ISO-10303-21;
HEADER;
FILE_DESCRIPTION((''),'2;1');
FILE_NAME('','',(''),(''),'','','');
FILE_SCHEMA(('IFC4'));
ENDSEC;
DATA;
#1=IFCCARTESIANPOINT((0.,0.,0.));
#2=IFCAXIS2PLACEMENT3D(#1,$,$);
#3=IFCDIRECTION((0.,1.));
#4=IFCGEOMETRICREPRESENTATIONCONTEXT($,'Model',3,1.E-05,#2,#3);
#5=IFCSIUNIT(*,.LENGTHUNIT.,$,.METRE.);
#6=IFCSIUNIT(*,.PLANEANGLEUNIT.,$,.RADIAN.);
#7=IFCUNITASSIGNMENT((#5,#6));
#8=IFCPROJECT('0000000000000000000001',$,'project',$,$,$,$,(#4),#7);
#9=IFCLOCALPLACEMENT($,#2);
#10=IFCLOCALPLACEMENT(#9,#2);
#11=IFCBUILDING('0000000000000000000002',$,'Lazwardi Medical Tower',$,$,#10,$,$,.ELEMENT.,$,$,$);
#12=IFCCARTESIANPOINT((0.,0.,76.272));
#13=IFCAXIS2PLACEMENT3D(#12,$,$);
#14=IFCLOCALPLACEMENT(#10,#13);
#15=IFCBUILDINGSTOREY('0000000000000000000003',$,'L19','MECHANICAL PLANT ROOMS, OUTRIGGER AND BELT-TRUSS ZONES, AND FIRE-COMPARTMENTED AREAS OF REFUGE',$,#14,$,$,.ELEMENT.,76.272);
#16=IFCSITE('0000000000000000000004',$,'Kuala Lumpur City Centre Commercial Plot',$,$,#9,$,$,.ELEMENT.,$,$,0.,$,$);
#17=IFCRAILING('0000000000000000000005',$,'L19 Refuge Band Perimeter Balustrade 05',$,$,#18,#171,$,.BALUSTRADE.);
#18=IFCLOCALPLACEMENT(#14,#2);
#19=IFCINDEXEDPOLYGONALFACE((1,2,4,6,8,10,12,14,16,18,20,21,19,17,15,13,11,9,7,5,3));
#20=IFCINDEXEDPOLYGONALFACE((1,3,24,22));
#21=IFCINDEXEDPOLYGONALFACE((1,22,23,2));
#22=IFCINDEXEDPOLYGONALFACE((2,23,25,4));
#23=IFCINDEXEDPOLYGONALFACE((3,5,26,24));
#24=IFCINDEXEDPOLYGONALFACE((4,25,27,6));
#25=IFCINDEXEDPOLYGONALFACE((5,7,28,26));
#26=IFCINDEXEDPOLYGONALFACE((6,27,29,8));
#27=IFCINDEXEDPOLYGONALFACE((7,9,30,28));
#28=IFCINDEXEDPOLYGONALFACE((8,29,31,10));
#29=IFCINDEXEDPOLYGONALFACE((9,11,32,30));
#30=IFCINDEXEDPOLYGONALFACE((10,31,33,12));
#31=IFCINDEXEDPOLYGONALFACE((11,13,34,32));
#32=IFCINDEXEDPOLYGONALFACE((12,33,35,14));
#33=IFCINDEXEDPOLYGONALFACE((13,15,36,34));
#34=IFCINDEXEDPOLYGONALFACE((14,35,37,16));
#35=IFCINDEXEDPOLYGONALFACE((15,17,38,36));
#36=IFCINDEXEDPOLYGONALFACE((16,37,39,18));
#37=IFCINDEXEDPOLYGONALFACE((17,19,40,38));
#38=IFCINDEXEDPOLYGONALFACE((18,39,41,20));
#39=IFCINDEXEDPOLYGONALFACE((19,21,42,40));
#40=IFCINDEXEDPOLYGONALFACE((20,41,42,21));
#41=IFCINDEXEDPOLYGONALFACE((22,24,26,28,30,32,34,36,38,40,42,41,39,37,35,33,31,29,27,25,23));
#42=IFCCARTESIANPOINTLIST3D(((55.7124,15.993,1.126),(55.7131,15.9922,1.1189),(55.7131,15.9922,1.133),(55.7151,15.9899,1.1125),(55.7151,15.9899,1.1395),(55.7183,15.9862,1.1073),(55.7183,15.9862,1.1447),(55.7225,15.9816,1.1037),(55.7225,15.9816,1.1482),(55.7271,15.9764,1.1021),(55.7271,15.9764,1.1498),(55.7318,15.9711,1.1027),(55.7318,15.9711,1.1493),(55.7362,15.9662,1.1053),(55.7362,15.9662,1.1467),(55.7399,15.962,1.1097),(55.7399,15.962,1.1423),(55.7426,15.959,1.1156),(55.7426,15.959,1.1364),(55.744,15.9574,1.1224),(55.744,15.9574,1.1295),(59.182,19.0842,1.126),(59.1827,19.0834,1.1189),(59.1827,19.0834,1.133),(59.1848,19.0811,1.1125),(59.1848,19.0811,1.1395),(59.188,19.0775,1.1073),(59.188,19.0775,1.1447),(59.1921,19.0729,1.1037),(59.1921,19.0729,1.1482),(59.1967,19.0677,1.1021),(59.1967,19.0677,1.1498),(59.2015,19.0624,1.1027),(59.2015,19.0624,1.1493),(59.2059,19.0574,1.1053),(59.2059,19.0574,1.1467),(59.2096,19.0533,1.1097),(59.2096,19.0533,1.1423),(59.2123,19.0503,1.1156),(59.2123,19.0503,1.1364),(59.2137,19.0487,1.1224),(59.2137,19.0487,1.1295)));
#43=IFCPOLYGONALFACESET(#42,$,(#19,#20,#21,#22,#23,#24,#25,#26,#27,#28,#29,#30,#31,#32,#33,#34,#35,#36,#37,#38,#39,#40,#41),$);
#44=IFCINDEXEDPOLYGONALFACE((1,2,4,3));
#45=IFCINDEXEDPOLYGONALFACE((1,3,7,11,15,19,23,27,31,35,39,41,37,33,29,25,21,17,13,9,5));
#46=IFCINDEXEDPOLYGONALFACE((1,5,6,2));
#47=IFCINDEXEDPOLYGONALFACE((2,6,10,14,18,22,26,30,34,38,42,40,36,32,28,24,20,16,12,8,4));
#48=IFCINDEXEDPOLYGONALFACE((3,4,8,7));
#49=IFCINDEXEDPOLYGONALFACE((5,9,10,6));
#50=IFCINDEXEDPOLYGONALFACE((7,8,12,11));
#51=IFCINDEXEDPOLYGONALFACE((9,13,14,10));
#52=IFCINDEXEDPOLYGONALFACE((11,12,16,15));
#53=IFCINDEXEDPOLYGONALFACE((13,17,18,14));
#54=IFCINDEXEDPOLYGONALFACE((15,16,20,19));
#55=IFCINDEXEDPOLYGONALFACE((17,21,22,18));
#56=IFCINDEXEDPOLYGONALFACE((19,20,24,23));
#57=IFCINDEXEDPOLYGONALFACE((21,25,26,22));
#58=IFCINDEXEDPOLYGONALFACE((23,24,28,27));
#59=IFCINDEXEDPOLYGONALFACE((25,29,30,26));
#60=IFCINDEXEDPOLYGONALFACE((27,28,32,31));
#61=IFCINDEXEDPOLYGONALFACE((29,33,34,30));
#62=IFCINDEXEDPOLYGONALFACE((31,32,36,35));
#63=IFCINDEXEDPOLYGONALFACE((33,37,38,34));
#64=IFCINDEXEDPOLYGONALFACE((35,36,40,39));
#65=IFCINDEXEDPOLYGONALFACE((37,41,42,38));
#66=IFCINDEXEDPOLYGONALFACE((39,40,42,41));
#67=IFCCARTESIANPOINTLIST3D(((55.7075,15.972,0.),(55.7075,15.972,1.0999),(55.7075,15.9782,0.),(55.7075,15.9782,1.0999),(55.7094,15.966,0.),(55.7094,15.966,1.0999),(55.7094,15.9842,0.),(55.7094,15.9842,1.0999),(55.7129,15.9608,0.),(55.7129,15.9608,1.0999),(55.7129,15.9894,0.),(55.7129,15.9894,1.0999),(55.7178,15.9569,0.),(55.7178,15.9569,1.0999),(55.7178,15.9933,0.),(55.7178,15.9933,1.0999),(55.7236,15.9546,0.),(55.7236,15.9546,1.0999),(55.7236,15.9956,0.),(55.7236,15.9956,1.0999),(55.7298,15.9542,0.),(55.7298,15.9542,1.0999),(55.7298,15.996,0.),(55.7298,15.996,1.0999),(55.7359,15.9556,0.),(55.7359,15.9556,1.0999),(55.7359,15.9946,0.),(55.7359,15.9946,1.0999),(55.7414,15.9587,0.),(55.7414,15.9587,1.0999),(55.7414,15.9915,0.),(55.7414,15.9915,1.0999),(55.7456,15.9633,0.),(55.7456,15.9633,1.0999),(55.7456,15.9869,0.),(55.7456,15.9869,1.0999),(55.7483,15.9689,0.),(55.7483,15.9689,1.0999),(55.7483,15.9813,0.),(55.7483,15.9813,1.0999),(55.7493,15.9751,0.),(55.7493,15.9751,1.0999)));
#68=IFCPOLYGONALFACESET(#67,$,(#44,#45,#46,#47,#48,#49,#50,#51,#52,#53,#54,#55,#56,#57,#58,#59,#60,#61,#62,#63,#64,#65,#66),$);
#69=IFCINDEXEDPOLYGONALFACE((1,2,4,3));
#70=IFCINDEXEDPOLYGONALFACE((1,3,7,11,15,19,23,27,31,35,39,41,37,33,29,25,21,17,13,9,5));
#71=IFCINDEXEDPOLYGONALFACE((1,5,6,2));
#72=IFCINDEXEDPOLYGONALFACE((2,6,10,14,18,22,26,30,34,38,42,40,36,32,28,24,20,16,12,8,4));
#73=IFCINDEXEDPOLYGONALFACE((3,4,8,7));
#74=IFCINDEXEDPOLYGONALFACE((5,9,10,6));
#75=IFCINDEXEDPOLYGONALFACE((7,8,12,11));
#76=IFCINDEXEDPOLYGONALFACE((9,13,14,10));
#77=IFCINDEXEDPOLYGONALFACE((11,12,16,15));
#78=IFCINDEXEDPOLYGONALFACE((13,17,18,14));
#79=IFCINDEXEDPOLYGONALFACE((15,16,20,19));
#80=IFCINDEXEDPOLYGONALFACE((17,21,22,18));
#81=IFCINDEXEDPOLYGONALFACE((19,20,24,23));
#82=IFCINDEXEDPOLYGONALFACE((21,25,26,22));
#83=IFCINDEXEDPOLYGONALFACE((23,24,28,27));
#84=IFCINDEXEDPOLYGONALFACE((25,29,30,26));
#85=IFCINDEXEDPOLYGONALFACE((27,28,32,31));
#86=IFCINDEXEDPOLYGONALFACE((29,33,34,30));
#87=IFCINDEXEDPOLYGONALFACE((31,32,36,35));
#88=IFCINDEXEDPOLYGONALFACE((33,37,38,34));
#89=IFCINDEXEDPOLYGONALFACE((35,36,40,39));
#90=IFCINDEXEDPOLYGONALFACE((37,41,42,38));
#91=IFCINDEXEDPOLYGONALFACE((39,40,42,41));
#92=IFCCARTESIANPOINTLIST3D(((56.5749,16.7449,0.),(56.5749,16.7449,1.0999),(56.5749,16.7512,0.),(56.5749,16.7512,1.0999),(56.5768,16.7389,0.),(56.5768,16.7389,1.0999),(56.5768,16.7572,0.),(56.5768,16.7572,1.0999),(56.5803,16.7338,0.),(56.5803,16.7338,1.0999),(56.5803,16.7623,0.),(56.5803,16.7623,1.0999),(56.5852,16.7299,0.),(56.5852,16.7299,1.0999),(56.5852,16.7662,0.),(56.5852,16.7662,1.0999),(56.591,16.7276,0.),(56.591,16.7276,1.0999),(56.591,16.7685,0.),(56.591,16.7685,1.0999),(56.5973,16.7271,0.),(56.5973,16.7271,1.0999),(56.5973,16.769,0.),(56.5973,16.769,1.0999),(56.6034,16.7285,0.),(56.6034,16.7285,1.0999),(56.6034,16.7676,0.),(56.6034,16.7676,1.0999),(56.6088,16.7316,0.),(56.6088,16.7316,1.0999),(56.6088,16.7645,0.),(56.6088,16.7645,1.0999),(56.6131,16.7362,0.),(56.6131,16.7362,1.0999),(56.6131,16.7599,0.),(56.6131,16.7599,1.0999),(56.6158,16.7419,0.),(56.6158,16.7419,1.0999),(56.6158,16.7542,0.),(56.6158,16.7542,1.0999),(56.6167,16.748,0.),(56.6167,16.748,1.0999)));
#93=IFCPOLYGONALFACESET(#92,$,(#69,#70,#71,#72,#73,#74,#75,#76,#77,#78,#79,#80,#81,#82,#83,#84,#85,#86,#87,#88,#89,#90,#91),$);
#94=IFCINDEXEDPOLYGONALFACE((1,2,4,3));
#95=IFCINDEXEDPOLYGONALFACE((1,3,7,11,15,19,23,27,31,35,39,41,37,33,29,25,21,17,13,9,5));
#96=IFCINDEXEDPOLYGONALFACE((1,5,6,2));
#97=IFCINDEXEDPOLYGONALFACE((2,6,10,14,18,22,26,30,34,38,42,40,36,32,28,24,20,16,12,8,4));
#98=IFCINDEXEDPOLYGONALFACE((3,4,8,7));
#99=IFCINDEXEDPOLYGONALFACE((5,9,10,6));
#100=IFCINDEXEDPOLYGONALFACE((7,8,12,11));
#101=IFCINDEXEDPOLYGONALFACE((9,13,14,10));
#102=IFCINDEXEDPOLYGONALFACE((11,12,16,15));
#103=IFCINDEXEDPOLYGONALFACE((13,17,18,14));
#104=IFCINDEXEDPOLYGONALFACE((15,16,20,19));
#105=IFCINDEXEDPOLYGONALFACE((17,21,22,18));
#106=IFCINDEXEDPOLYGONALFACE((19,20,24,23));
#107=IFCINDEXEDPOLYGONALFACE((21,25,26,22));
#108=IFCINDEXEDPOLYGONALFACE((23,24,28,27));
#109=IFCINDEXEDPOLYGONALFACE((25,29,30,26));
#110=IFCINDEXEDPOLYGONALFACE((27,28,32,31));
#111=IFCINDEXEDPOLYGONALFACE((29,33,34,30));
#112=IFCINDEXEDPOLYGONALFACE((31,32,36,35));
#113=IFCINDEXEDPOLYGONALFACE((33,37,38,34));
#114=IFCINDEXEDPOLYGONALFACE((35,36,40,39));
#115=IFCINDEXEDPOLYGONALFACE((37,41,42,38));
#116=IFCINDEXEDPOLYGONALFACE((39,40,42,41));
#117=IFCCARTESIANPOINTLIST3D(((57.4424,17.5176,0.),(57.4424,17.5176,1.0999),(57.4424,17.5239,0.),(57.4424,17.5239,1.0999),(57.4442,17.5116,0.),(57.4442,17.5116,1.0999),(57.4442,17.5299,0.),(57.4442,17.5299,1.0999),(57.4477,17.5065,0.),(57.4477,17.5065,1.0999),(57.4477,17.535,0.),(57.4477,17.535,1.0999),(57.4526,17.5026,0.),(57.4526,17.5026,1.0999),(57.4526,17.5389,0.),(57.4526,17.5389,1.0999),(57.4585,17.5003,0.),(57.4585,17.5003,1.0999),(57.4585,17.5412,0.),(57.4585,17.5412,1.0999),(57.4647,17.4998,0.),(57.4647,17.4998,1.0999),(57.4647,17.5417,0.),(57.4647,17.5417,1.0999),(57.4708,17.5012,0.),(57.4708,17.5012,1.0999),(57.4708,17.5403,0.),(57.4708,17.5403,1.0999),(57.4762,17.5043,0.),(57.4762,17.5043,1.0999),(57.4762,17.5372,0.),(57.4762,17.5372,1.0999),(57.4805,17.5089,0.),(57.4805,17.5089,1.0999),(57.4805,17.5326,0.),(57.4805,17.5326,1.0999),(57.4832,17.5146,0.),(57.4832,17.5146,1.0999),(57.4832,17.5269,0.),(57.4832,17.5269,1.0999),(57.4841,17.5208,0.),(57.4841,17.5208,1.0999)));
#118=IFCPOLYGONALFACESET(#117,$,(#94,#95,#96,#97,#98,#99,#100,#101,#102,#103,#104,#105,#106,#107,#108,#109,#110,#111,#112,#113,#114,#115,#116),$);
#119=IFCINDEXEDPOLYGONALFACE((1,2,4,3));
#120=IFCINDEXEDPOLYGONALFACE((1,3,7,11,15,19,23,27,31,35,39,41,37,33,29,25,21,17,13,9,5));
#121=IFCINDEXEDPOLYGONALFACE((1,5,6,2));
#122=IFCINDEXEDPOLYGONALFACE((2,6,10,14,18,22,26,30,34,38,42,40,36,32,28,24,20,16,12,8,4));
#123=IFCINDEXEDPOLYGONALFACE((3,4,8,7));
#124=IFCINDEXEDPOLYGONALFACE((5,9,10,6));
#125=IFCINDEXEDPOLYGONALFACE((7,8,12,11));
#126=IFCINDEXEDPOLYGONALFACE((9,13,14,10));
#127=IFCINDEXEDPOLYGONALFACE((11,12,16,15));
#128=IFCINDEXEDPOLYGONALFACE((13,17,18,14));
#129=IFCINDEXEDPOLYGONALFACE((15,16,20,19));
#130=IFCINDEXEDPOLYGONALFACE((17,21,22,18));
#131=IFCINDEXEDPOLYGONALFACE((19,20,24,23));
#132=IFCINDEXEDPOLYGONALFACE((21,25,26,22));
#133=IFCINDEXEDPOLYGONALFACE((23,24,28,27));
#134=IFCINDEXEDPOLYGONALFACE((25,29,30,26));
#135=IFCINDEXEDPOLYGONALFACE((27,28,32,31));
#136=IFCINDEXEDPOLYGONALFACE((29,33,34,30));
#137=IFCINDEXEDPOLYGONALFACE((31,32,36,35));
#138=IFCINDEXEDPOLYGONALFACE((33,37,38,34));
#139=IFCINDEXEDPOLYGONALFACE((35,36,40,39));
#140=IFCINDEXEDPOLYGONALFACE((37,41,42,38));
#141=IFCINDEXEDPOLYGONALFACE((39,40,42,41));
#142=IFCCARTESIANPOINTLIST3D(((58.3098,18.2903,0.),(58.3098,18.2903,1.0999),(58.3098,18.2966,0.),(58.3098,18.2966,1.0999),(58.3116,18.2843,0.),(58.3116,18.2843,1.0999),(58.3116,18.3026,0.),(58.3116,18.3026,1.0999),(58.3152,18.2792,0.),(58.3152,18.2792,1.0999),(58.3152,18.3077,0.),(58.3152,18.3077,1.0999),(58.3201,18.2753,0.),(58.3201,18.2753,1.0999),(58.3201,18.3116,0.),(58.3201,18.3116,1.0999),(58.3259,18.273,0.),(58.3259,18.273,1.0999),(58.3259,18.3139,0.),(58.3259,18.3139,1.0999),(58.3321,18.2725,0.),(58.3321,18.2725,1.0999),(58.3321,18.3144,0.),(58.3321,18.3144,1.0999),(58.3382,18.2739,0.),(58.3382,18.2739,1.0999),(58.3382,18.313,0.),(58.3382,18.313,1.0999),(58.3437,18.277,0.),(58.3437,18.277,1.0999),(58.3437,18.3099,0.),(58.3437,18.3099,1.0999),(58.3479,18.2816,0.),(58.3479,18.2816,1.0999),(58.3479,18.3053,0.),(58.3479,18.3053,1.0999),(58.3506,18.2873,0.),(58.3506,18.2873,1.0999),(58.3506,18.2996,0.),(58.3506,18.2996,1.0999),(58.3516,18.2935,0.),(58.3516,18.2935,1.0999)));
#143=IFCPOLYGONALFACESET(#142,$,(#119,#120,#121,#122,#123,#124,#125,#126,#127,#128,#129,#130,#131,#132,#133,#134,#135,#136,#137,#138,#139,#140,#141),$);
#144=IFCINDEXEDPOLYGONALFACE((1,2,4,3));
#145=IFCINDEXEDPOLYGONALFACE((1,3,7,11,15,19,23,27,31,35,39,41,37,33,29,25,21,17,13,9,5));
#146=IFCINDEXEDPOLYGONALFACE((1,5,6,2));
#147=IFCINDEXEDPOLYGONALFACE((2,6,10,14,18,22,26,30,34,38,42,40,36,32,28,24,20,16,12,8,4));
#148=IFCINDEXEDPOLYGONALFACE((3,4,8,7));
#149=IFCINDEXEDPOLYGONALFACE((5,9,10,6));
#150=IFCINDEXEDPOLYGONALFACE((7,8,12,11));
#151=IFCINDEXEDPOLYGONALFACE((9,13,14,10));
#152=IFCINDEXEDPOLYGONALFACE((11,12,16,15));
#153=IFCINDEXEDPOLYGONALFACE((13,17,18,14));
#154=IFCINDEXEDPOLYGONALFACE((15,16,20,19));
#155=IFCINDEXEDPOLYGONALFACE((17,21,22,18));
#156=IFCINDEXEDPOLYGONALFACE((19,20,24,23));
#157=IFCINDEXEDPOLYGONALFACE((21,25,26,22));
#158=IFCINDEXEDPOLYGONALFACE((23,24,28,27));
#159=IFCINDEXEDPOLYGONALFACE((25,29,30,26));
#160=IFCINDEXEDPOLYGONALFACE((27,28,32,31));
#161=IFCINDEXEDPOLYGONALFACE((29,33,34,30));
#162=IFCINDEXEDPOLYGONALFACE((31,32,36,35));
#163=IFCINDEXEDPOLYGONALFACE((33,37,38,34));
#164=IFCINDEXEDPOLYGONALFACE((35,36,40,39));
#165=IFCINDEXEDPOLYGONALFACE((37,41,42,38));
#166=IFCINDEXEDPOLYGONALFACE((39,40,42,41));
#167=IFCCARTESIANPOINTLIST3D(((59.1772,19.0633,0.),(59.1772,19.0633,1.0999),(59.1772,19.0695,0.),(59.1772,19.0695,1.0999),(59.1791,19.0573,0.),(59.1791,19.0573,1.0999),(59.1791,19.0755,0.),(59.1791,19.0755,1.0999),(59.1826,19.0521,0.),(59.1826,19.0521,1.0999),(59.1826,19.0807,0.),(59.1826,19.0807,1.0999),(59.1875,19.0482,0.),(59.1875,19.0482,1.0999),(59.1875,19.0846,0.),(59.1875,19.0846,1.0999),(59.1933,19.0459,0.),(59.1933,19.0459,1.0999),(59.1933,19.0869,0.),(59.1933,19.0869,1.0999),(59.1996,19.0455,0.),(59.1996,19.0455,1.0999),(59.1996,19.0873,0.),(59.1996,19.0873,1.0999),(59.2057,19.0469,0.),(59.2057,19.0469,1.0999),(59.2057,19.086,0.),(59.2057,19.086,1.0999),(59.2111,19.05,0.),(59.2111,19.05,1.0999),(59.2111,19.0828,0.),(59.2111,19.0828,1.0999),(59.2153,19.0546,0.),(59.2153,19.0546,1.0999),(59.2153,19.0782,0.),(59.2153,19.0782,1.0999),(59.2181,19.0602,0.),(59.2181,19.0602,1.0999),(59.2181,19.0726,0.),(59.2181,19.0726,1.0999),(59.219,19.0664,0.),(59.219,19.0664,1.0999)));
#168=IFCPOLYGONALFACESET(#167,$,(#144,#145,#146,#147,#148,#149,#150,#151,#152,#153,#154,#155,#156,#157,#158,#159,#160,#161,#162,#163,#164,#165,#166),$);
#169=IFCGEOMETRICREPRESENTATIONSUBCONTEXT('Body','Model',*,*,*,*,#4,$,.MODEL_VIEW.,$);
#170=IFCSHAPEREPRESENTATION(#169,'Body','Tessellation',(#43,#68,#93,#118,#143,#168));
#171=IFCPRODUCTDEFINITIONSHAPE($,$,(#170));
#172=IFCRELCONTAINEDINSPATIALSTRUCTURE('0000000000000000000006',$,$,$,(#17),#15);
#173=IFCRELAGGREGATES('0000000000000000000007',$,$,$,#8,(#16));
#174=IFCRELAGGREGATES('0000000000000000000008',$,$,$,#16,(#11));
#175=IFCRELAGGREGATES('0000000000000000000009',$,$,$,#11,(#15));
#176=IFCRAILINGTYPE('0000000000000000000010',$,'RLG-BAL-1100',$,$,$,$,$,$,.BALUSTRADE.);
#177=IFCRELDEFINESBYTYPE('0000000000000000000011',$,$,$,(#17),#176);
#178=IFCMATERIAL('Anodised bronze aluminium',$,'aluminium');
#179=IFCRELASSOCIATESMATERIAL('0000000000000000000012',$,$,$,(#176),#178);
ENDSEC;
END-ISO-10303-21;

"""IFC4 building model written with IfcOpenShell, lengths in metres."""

from ifc_helpers import new_model, si_unit, direction, frame, origin, origin_2d, place, context, subcontext, project, spatial, circle, extrude, material, type_object, element, save


model = new_model("IFC4")

# Units and contexts
model_context = context("Model", 3, precision=1e-05, world=origin(), true_north=direction((0.0, 1.0)))
body_context = subcontext(model_context, "Body", "Model", "MODEL_VIEW")
ifc_project = project(units=[si_unit("LENGTHUNIT", "METRE"), si_unit("PLANEANGLEUNIT", "RADIAN")], contexts=[model_context])

# Site, building, storey
site_placement = place(None, origin())
site = spatial("IfcSite", under=ifc_project, at=site_placement, Name="Kuala Lumpur City Centre Commercial Plot", CompositionType="ELEMENT", RefElevation=0.0)
building_placement = place(site_placement, origin())
building = spatial("IfcBuilding", under=site, at=building_placement, Name="Lazwardi Medical Tower", CompositionType="ELEMENT")
storey_placement = place(building_placement, frame((0.0, 0.0, 76.272)))
storey = spatial("IfcBuildingStorey", under=building, at=storey_placement, Name="L19", Description="MECHANICAL PLANT ROOMS, OUTRIGGER AND BELT-TRUSS ZONES, AND FIRE-COMPARTMENTED AREAS OF REFUGE", CompositionType="ELEMENT", Elevation=76.272)

# Railing
ifc_material_1 = material(Name="Anodised bronze aluminium", Category="aluminium")
railing_type = type_object("IfcRailingType", Name="RLG-BAL-1100", PredefinedType="BALUSTRADE", material=ifc_material_1)
railing_1_placement = place(storey_placement, frame((55.7283, 15.9751, 0.0)))
element("IfcRailing", 1, at=railing_1_placement, inside=storey, type_object=railing_type, Name="L19 Refuge Band Perimeter Balustrade 05", PredefinedType="BALUSTRADE", context=body_context, shape_type="SweptSolid", body=[
    extrude(circle(Radius=0.0239, at=origin_2d()), frame((0.0, 0.0, 1.126), z_axis=(0.746649, 0.665218, 0.0), x_axis=(-0.665218, 0.746649, 0.0)), (0.0, 0.0, 1.0), 4.647),
    extrude(circle(Radius=0.021, at=origin_2d()), origin(), (0.0, 0.0, 1.0), 1.0999),
    extrude(circle(Radius=0.021, at=origin_2d()), frame((0.8674, 0.7729, 0.0)), (0.0, 0.0, 1.0), 1.0999),
    extrude(circle(Radius=0.021, at=origin_2d()), frame((1.7349, 1.5457, 0.0)), (0.0, 0.0, 1.0), 1.0999),
    extrude(circle(Radius=0.021, at=origin_2d()), frame((2.6023, 2.3184, 0.0)), (0.0, 0.0, 1.0), 1.0999),
    extrude(circle(Radius=0.021, at=origin_2d()), frame((3.4697, 3.0913, 0.0)), (0.0, 0.0, 1.0), 1.0999),
])

save(model, "model.ifc")
